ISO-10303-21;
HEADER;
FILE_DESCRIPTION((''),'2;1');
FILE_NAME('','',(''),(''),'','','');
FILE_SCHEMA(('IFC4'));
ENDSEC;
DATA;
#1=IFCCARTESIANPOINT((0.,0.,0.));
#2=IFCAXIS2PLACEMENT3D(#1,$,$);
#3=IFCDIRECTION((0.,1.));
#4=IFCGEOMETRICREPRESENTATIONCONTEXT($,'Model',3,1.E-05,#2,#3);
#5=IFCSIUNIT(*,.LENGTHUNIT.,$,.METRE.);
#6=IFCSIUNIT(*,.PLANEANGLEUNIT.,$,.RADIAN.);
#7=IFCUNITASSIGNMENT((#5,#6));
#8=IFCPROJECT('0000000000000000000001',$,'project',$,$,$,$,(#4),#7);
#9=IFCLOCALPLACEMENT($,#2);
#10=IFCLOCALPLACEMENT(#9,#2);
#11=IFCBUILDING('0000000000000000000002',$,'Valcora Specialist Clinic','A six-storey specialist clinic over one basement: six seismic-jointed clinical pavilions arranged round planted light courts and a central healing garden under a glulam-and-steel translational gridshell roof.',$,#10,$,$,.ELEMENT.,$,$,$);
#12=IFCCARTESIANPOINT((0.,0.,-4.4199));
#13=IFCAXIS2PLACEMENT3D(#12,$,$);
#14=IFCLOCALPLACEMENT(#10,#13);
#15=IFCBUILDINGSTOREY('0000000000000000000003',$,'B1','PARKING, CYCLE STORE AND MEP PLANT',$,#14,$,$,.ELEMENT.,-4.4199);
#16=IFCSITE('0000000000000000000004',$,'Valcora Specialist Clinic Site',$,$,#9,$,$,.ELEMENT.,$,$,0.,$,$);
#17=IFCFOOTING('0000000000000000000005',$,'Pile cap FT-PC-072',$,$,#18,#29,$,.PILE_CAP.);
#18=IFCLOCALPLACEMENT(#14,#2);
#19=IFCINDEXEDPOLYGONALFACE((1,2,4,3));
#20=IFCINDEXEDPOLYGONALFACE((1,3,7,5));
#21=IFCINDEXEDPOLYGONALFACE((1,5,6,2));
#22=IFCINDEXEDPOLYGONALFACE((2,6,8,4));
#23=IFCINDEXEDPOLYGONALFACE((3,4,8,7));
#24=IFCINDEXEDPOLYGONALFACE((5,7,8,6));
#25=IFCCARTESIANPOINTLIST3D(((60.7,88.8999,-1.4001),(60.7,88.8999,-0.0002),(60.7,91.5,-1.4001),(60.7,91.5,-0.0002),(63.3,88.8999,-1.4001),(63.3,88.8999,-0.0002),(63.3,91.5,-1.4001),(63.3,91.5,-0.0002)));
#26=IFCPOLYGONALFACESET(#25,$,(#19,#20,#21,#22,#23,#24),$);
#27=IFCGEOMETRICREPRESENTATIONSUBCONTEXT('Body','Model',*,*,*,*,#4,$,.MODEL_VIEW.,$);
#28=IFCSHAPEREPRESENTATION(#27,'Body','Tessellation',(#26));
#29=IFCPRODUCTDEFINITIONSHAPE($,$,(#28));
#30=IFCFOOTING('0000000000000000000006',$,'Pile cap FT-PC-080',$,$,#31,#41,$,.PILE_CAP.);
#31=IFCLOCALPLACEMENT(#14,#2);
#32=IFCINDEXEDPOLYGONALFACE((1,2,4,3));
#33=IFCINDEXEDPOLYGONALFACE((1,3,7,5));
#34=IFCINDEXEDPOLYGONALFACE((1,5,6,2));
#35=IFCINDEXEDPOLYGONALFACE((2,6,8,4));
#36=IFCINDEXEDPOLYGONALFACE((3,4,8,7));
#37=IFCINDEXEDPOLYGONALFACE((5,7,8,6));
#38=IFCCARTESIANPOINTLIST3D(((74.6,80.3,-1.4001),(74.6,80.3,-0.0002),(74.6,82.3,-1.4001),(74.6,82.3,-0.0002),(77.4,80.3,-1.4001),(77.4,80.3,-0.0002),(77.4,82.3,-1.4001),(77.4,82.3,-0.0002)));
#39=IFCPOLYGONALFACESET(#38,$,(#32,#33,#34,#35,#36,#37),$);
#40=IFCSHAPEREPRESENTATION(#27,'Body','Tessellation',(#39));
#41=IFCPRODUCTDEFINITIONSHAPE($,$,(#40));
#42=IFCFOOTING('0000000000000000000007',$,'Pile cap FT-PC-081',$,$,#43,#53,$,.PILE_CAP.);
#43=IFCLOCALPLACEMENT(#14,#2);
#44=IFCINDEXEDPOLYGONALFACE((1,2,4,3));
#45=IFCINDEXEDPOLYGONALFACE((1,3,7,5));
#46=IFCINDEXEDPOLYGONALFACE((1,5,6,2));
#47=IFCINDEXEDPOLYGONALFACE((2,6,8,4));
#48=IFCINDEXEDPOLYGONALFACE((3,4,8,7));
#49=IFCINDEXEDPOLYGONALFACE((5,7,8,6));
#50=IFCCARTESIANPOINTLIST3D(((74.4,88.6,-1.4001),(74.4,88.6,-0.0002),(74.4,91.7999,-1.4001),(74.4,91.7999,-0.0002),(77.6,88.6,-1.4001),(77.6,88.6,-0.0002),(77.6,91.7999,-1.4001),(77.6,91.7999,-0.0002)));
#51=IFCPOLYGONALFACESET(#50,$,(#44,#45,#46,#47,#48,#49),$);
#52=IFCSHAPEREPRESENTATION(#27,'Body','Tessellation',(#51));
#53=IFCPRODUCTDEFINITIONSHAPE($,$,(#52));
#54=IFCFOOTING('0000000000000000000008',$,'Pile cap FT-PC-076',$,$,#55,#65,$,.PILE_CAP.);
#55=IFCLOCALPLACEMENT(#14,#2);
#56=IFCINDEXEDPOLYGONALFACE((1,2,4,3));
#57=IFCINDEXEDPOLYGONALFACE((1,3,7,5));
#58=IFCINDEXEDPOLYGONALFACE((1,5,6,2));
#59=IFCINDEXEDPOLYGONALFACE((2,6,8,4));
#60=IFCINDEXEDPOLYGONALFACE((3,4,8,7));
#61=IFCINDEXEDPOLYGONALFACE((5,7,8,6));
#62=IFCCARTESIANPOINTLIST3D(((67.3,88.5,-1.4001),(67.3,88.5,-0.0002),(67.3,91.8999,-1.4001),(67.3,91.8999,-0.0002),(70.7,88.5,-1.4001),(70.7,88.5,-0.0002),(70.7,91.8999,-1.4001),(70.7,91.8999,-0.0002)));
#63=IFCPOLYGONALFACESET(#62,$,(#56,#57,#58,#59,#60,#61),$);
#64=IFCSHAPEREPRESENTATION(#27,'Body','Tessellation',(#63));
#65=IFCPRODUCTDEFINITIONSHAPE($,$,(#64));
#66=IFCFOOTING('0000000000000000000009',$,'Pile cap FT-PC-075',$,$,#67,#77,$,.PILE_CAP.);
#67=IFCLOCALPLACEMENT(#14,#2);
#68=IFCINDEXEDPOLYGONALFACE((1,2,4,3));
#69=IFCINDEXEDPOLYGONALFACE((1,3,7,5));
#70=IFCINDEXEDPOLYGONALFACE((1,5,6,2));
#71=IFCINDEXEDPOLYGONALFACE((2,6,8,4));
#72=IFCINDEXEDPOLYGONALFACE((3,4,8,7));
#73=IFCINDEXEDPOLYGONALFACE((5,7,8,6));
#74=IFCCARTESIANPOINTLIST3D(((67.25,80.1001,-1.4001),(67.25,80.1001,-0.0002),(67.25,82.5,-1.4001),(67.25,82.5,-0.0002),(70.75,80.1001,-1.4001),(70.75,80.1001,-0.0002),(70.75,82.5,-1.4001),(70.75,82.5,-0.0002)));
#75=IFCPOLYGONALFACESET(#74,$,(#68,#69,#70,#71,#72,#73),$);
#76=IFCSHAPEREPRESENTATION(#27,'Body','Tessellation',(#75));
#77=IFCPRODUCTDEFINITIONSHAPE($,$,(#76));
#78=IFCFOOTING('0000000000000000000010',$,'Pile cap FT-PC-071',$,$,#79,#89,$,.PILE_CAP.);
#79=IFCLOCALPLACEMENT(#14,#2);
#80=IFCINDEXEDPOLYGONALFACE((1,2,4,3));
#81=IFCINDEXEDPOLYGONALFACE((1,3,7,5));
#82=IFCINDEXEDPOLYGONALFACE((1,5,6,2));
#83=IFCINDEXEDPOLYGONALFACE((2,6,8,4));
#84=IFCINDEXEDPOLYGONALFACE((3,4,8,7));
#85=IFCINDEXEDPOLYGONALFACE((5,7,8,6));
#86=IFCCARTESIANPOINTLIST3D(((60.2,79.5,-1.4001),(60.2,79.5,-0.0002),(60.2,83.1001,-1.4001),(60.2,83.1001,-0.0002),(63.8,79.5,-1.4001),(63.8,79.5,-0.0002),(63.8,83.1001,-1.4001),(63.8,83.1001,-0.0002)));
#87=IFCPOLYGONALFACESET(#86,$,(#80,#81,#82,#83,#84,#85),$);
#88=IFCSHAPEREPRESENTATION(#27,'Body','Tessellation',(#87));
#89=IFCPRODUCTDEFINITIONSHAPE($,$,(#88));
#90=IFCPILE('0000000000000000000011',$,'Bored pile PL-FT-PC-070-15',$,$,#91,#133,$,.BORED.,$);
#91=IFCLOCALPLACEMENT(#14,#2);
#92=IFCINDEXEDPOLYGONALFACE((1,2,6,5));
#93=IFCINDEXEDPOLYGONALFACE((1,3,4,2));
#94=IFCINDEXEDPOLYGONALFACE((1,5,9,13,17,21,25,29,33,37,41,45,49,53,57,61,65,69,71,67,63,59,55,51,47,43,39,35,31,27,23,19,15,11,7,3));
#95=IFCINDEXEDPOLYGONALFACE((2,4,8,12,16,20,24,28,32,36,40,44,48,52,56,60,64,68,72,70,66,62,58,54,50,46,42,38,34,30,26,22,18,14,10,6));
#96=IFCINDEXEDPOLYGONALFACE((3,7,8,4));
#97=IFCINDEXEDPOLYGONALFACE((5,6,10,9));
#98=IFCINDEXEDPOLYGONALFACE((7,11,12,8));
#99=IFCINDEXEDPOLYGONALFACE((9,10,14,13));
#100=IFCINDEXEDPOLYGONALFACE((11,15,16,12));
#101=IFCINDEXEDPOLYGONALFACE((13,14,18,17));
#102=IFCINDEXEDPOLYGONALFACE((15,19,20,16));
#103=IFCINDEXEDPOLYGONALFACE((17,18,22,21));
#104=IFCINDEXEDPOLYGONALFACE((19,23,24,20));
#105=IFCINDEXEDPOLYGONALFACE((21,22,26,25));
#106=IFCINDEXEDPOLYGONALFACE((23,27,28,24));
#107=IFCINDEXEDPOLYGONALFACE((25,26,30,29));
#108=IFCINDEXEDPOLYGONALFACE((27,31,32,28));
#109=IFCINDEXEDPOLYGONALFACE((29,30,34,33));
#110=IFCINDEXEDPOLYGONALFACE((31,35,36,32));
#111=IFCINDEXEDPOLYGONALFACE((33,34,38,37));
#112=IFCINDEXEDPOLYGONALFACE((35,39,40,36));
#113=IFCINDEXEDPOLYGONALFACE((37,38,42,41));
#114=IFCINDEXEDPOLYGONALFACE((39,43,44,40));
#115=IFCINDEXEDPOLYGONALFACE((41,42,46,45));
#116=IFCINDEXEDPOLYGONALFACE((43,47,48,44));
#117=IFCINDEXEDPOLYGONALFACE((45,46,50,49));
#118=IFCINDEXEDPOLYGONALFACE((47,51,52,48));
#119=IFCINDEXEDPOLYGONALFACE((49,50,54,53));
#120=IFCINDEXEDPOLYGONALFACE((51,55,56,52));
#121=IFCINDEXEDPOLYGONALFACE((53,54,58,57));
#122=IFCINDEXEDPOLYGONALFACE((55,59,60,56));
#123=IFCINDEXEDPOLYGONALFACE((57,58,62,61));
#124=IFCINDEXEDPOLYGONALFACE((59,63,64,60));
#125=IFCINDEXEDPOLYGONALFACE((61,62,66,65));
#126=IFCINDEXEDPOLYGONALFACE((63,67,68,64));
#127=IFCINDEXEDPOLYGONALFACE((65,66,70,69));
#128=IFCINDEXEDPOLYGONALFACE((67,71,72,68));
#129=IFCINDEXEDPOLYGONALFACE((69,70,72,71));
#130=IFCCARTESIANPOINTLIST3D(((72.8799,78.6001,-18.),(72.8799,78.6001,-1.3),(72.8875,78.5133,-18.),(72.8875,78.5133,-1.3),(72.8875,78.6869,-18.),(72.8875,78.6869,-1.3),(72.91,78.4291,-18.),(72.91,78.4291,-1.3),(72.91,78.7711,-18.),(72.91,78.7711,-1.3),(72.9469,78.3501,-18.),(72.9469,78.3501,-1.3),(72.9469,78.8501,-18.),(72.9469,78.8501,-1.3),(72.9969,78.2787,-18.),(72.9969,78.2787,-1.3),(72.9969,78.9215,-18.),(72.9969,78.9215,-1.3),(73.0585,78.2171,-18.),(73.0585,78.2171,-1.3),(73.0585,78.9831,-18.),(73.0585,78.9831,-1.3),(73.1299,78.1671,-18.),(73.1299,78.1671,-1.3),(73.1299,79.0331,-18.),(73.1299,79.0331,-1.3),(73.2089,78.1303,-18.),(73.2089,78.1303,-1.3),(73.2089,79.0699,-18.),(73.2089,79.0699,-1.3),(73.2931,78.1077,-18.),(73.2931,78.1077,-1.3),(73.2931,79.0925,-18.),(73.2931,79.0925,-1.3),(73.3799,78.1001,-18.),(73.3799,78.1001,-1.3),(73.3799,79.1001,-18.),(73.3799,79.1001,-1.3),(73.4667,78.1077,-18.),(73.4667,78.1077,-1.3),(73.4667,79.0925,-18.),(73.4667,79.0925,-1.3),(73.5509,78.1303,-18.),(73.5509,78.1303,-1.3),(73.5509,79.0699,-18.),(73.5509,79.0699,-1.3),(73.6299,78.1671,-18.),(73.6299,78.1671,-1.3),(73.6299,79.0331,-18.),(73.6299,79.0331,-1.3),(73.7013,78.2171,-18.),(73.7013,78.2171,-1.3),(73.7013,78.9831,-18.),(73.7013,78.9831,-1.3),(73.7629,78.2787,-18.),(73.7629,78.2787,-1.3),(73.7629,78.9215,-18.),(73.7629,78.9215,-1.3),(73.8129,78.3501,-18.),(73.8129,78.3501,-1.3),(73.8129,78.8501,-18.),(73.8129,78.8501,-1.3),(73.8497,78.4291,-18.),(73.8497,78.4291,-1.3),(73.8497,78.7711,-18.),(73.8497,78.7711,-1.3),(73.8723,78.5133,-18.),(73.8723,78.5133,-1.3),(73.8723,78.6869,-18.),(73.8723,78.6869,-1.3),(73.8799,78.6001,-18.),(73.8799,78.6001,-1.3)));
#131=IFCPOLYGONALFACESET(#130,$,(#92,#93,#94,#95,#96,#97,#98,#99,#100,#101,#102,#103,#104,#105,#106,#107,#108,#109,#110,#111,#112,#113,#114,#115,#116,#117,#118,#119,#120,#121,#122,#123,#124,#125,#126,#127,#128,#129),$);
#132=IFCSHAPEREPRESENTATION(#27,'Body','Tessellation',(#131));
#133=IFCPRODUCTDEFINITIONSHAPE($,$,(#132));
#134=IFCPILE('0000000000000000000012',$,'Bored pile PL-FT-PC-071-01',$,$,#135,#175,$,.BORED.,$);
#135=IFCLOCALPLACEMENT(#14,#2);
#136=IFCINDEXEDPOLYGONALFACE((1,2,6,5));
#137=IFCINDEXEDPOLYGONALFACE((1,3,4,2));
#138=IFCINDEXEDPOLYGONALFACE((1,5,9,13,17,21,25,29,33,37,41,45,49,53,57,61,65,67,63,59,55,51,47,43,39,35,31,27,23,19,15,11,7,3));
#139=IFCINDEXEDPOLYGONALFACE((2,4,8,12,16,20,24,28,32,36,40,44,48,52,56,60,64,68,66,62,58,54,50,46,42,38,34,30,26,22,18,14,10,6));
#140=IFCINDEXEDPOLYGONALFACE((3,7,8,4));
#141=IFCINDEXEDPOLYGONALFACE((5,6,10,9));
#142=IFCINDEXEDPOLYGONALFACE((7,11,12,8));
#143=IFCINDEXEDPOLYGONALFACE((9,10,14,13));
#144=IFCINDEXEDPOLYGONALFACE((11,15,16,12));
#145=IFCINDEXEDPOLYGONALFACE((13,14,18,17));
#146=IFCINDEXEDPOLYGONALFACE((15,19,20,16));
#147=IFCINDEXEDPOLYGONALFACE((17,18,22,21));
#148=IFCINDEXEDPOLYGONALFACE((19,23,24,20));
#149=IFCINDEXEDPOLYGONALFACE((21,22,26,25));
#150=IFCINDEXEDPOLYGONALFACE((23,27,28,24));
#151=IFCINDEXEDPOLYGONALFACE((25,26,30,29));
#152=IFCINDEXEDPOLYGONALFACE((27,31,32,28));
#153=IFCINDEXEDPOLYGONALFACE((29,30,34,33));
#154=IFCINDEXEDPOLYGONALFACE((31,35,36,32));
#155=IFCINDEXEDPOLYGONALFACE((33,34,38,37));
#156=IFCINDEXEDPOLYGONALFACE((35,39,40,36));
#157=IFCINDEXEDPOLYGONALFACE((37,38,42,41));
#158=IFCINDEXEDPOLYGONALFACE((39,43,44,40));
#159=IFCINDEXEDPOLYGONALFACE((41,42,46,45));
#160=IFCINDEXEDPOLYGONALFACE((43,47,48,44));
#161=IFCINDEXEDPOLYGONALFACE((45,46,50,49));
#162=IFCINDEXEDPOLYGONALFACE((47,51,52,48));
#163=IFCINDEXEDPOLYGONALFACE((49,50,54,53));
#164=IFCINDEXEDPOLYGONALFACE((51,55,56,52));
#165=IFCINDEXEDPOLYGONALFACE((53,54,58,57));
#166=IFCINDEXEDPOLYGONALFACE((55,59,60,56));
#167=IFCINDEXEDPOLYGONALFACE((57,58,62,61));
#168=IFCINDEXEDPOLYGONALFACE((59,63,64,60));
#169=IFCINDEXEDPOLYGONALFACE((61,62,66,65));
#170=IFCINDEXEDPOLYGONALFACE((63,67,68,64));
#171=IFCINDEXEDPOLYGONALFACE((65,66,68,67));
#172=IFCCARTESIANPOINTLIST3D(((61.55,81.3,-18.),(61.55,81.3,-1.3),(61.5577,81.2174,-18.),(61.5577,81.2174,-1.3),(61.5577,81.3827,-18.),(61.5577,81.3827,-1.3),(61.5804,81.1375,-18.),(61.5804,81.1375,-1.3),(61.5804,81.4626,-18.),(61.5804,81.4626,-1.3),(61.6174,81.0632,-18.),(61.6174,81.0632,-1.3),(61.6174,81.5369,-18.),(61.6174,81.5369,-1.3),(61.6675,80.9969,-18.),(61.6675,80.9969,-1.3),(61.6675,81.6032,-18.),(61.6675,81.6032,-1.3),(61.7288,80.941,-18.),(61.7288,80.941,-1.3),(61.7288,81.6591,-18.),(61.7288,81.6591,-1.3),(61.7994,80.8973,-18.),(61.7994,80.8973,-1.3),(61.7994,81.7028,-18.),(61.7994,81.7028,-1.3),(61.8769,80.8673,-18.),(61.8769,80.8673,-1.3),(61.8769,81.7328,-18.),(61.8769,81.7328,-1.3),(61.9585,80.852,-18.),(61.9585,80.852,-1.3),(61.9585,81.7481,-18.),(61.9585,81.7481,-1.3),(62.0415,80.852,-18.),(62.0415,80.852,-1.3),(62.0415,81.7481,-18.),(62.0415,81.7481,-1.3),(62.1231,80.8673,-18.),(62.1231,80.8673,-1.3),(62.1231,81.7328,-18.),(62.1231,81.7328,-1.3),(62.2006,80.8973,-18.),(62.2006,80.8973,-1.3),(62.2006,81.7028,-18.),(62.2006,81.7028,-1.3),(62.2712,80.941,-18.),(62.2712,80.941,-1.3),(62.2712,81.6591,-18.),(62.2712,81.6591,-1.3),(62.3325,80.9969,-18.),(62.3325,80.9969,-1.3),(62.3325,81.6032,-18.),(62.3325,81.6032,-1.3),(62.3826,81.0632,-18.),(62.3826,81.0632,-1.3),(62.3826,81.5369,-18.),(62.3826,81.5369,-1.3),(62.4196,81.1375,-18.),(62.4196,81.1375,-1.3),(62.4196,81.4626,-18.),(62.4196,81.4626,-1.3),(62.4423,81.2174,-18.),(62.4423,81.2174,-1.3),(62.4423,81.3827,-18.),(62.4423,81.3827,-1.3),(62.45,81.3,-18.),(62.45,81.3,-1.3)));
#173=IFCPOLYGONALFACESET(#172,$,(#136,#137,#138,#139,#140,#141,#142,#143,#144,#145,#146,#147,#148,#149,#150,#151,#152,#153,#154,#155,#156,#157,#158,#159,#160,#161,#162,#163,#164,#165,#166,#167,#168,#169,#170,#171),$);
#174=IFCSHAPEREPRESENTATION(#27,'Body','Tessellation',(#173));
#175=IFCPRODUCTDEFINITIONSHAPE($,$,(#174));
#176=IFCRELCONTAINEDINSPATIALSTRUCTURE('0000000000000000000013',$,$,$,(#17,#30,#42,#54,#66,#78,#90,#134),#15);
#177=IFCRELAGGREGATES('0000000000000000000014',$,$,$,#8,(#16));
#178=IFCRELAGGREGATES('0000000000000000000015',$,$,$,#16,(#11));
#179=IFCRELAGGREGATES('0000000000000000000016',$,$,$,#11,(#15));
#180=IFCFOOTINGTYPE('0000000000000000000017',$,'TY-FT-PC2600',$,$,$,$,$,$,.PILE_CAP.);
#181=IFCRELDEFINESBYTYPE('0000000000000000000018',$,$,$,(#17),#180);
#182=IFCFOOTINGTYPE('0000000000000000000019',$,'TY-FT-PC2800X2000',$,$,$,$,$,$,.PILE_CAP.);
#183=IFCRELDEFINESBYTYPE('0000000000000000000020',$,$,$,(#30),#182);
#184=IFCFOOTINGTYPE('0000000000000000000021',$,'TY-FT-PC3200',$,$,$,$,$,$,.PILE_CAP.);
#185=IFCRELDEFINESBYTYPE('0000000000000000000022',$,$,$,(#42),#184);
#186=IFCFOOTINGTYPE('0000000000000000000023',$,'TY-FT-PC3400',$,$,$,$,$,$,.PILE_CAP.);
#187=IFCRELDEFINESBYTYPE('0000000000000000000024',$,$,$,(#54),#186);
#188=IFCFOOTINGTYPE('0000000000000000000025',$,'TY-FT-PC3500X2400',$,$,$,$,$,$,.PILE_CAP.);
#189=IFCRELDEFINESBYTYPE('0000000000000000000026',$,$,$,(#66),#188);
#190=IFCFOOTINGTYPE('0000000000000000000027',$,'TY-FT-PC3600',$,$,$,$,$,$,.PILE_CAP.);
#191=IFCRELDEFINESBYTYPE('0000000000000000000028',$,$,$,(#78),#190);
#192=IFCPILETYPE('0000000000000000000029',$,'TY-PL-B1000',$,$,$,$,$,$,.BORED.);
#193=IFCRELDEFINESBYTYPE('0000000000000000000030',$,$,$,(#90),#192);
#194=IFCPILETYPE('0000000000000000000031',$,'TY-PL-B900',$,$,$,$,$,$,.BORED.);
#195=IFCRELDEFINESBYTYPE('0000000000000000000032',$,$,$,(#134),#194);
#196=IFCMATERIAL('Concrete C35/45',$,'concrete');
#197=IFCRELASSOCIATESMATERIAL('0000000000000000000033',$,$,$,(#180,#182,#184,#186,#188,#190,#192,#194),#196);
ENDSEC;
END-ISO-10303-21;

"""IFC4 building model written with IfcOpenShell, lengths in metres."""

from ifc_helpers import new_model, si_unit, direction, frame, origin, origin_2d, place, context, subcontext, project, spatial, rectangle, circle, extrude, material, material_profile, profile_set, type_object, element, save


model = new_model("IFC4")

# Units and contexts
model_context = context("Model", 3, precision=1e-05, world=origin(), true_north=direction((0.0, 1.0)))
body_context = subcontext(model_context, "Body", "Model", "MODEL_VIEW")
ifc_project = project(units=[si_unit("LENGTHUNIT", "METRE"), si_unit("PLANEANGLEUNIT", "RADIAN")], contexts=[model_context])

# Site, building, storey
site_placement = place(None, origin())
site = spatial("IfcSite", under=ifc_project, at=site_placement, Name="Valcora Specialist Clinic Site", CompositionType="ELEMENT", RefElevation=0.0)
building_placement = place(site_placement, origin())
building = spatial("IfcBuilding", under=site, at=building_placement, Name="Valcora Specialist Clinic", Description="A six-storey specialist clinic over one basement: six seismic-jointed clinical pavilions arranged round planted light courts and a central healing garden under a glulam-and-steel translational gridshell roof.", CompositionType="ELEMENT")
storey_placement = place(building_placement, frame((0.0, 0.0, -4.4199)))
storey = spatial("IfcBuildingStorey", under=building, at=storey_placement, Name="B1", Description="PARKING, CYCLE STORE AND MEP PLANT", CompositionType="ELEMENT", Elevation=-4.4199)

# Footings
ifc_material_1 = material(Name="Concrete C35/45", Category="concrete")
footing_type_1 = type_object("IfcFootingType", Name="TY-FT-PC2600", PredefinedType="PILE_CAP", material=ifc_material_1)
footing_1_placement = place(storey_placement, frame((62.0, 90.2, -1.4001), z_axis=(0.0, 0.0, 1.0), x_axis=(1.0, 0.0, 0.0)))
element("IfcFooting", 1, at=footing_1_placement, inside=storey, type_object=footing_type_1, Name="Pile cap FT-PC-072", PredefinedType="PILE_CAP", context=body_context, shape_type="SweptSolid", body=[
    extrude(rectangle(XDim=2.6001, YDim=2.6001, at=origin_2d()), origin(), (0.0, 0.0, 1.0), 1.3999),
])
footing_type_2 = type_object("IfcFootingType", Name="TY-FT-PC2800X2000", PredefinedType="PILE_CAP", material=ifc_material_1)
footing_2_placement = place(storey_placement, frame((76.0, 81.3, -1.4001), z_axis=(0.0, 0.0, 1.0), x_axis=(1.0, 0.0, 0.0)))
element("IfcFooting", 2, at=footing_2_placement, inside=storey, type_object=footing_type_2, Name="Pile cap FT-PC-080", PredefinedType="PILE_CAP", context=body_context, shape_type="SweptSolid", body=[
    extrude(rectangle(XDim=2.8, YDim=2.0, at=origin_2d()), origin(), (0.0, 0.0, 1.0), 1.3999),
])
footing_type_3 = type_object("IfcFootingType", Name="TY-FT-PC3200", PredefinedType="PILE_CAP", material=ifc_material_1)
footing_3_placement = place(storey_placement, frame((76.0, 90.2, -1.4001), z_axis=(0.0, 0.0, 1.0), x_axis=(1.0, 0.0, 0.0)))
element("IfcFooting", 3, at=footing_3_placement, inside=storey, type_object=footing_type_3, Name="Pile cap FT-PC-081", PredefinedType="PILE_CAP", context=body_context, shape_type="SweptSolid", body=[
    extrude(rectangle(XDim=3.2, YDim=3.2, at=origin_2d()), origin(), (0.0, 0.0, 1.0), 1.3999),
])
footing_type_4 = type_object("IfcFootingType", Name="TY-FT-PC3400", PredefinedType="PILE_CAP", material=ifc_material_1)
footing_4_placement = place(storey_placement, frame((69.0, 90.2, -1.4001), z_axis=(0.0, 0.0, 1.0), x_axis=(1.0, 0.0, 0.0)))
element("IfcFooting", 4, at=footing_4_placement, inside=storey, type_object=footing_type_4, Name="Pile cap FT-PC-076", PredefinedType="PILE_CAP", context=body_context, shape_type="SweptSolid", body=[
    extrude(rectangle(XDim=3.3999, YDim=3.3999, at=origin_2d()), origin(), (0.0, 0.0, 1.0), 1.3999),
])
footing_type_5 = type_object("IfcFootingType", Name="TY-FT-PC3500X2400", PredefinedType="PILE_CAP", material=ifc_material_1)
footing_5_placement = place(storey_placement, frame((69.0, 81.3, -1.4001), z_axis=(0.0, 0.0, 1.0), x_axis=(1.0, 0.0, 0.0)))
element("IfcFooting", 5, at=footing_5_placement, inside=storey, type_object=footing_type_5, Name="Pile cap FT-PC-075", PredefinedType="PILE_CAP", context=body_context, shape_type="SweptSolid", body=[
    extrude(rectangle(XDim=3.5, YDim=2.3999, at=origin_2d()), origin(), (0.0, 0.0, 1.0), 1.3999),
])
footing_type_6 = type_object("IfcFootingType", Name="TY-FT-PC3600", PredefinedType="PILE_CAP", material=ifc_material_1)
footing_6_placement = place(storey_placement, frame((62.0, 81.3, -1.4001), z_axis=(0.0, 0.0, 1.0), x_axis=(1.0, 0.0, 0.0)))
element("IfcFooting", 6, at=footing_6_placement, inside=storey, type_object=footing_type_6, Name="Pile cap FT-PC-071", PredefinedType="PILE_CAP", context=body_context, shape_type="SweptSolid", body=[
    extrude(rectangle(XDim=3.6001, YDim=3.6001, at=origin_2d()), origin(), (0.0, 0.0, 1.0), 1.3999),
])

# Piles
ifc_material_profile_1 = material_profile(ifc_material_1, circle(Radius=0.5, at=origin_2d()), Name="RC-PIL-D1000")
ifc_profile_set_1 = profile_set([ifc_material_profile_1], Name="Concrete C35/45")
pile_type_1 = type_object("IfcPileType", Name="TY-PL-B1000", PredefinedType="BORED", material=ifc_profile_set_1)
pile_placement = place(storey_placement, frame((73.3799, 78.6001, -1.3), z_axis=(0.0, 0.0, -1.0), x_axis=(1.0, 0.0, 0.0)))
element("IfcPile", 7, at=pile_placement, inside=storey, type_object=pile_type_1, Name="Bored pile PL-FT-PC-070-15", PredefinedType="BORED", context=body_context, shape_type="SweptSolid", body=[
    extrude(circle(Radius=0.5, at=origin_2d()), origin(), (0.0, 0.0, 1.0), 16.7),
])
ifc_material_profile_2 = material_profile(ifc_material_1, circle(Radius=0.45, at=origin_2d()), Name="RC-PIL-D900")
ifc_profile_set_2 = profile_set([ifc_material_profile_2], Name="Concrete C35/45")
pile_type_2 = type_object("IfcPileType", Name="TY-PL-B900", PredefinedType="BORED", material=ifc_profile_set_2)
for number, where, z_axis, x_axis, name in (
    (8, (62.0, 81.3, -1.3), (0.0, 0.0, -1.0), (1.0, 0.0, 0.0), "Bored pile PL-FT-PC-071-01"),
):
    element("IfcPile", number, at=place(storey_placement, frame(where, z_axis=z_axis, x_axis=x_axis)), inside=storey, type_object=pile_type_2, Name=name, PredefinedType="BORED", context=body_context, shape_type="SweptSolid", body=[
        extrude(circle(Radius=0.45, at=origin_2d()), origin(), (0.0, 0.0, 1.0), 16.7),
    ])

save(model, "model.ifc")
